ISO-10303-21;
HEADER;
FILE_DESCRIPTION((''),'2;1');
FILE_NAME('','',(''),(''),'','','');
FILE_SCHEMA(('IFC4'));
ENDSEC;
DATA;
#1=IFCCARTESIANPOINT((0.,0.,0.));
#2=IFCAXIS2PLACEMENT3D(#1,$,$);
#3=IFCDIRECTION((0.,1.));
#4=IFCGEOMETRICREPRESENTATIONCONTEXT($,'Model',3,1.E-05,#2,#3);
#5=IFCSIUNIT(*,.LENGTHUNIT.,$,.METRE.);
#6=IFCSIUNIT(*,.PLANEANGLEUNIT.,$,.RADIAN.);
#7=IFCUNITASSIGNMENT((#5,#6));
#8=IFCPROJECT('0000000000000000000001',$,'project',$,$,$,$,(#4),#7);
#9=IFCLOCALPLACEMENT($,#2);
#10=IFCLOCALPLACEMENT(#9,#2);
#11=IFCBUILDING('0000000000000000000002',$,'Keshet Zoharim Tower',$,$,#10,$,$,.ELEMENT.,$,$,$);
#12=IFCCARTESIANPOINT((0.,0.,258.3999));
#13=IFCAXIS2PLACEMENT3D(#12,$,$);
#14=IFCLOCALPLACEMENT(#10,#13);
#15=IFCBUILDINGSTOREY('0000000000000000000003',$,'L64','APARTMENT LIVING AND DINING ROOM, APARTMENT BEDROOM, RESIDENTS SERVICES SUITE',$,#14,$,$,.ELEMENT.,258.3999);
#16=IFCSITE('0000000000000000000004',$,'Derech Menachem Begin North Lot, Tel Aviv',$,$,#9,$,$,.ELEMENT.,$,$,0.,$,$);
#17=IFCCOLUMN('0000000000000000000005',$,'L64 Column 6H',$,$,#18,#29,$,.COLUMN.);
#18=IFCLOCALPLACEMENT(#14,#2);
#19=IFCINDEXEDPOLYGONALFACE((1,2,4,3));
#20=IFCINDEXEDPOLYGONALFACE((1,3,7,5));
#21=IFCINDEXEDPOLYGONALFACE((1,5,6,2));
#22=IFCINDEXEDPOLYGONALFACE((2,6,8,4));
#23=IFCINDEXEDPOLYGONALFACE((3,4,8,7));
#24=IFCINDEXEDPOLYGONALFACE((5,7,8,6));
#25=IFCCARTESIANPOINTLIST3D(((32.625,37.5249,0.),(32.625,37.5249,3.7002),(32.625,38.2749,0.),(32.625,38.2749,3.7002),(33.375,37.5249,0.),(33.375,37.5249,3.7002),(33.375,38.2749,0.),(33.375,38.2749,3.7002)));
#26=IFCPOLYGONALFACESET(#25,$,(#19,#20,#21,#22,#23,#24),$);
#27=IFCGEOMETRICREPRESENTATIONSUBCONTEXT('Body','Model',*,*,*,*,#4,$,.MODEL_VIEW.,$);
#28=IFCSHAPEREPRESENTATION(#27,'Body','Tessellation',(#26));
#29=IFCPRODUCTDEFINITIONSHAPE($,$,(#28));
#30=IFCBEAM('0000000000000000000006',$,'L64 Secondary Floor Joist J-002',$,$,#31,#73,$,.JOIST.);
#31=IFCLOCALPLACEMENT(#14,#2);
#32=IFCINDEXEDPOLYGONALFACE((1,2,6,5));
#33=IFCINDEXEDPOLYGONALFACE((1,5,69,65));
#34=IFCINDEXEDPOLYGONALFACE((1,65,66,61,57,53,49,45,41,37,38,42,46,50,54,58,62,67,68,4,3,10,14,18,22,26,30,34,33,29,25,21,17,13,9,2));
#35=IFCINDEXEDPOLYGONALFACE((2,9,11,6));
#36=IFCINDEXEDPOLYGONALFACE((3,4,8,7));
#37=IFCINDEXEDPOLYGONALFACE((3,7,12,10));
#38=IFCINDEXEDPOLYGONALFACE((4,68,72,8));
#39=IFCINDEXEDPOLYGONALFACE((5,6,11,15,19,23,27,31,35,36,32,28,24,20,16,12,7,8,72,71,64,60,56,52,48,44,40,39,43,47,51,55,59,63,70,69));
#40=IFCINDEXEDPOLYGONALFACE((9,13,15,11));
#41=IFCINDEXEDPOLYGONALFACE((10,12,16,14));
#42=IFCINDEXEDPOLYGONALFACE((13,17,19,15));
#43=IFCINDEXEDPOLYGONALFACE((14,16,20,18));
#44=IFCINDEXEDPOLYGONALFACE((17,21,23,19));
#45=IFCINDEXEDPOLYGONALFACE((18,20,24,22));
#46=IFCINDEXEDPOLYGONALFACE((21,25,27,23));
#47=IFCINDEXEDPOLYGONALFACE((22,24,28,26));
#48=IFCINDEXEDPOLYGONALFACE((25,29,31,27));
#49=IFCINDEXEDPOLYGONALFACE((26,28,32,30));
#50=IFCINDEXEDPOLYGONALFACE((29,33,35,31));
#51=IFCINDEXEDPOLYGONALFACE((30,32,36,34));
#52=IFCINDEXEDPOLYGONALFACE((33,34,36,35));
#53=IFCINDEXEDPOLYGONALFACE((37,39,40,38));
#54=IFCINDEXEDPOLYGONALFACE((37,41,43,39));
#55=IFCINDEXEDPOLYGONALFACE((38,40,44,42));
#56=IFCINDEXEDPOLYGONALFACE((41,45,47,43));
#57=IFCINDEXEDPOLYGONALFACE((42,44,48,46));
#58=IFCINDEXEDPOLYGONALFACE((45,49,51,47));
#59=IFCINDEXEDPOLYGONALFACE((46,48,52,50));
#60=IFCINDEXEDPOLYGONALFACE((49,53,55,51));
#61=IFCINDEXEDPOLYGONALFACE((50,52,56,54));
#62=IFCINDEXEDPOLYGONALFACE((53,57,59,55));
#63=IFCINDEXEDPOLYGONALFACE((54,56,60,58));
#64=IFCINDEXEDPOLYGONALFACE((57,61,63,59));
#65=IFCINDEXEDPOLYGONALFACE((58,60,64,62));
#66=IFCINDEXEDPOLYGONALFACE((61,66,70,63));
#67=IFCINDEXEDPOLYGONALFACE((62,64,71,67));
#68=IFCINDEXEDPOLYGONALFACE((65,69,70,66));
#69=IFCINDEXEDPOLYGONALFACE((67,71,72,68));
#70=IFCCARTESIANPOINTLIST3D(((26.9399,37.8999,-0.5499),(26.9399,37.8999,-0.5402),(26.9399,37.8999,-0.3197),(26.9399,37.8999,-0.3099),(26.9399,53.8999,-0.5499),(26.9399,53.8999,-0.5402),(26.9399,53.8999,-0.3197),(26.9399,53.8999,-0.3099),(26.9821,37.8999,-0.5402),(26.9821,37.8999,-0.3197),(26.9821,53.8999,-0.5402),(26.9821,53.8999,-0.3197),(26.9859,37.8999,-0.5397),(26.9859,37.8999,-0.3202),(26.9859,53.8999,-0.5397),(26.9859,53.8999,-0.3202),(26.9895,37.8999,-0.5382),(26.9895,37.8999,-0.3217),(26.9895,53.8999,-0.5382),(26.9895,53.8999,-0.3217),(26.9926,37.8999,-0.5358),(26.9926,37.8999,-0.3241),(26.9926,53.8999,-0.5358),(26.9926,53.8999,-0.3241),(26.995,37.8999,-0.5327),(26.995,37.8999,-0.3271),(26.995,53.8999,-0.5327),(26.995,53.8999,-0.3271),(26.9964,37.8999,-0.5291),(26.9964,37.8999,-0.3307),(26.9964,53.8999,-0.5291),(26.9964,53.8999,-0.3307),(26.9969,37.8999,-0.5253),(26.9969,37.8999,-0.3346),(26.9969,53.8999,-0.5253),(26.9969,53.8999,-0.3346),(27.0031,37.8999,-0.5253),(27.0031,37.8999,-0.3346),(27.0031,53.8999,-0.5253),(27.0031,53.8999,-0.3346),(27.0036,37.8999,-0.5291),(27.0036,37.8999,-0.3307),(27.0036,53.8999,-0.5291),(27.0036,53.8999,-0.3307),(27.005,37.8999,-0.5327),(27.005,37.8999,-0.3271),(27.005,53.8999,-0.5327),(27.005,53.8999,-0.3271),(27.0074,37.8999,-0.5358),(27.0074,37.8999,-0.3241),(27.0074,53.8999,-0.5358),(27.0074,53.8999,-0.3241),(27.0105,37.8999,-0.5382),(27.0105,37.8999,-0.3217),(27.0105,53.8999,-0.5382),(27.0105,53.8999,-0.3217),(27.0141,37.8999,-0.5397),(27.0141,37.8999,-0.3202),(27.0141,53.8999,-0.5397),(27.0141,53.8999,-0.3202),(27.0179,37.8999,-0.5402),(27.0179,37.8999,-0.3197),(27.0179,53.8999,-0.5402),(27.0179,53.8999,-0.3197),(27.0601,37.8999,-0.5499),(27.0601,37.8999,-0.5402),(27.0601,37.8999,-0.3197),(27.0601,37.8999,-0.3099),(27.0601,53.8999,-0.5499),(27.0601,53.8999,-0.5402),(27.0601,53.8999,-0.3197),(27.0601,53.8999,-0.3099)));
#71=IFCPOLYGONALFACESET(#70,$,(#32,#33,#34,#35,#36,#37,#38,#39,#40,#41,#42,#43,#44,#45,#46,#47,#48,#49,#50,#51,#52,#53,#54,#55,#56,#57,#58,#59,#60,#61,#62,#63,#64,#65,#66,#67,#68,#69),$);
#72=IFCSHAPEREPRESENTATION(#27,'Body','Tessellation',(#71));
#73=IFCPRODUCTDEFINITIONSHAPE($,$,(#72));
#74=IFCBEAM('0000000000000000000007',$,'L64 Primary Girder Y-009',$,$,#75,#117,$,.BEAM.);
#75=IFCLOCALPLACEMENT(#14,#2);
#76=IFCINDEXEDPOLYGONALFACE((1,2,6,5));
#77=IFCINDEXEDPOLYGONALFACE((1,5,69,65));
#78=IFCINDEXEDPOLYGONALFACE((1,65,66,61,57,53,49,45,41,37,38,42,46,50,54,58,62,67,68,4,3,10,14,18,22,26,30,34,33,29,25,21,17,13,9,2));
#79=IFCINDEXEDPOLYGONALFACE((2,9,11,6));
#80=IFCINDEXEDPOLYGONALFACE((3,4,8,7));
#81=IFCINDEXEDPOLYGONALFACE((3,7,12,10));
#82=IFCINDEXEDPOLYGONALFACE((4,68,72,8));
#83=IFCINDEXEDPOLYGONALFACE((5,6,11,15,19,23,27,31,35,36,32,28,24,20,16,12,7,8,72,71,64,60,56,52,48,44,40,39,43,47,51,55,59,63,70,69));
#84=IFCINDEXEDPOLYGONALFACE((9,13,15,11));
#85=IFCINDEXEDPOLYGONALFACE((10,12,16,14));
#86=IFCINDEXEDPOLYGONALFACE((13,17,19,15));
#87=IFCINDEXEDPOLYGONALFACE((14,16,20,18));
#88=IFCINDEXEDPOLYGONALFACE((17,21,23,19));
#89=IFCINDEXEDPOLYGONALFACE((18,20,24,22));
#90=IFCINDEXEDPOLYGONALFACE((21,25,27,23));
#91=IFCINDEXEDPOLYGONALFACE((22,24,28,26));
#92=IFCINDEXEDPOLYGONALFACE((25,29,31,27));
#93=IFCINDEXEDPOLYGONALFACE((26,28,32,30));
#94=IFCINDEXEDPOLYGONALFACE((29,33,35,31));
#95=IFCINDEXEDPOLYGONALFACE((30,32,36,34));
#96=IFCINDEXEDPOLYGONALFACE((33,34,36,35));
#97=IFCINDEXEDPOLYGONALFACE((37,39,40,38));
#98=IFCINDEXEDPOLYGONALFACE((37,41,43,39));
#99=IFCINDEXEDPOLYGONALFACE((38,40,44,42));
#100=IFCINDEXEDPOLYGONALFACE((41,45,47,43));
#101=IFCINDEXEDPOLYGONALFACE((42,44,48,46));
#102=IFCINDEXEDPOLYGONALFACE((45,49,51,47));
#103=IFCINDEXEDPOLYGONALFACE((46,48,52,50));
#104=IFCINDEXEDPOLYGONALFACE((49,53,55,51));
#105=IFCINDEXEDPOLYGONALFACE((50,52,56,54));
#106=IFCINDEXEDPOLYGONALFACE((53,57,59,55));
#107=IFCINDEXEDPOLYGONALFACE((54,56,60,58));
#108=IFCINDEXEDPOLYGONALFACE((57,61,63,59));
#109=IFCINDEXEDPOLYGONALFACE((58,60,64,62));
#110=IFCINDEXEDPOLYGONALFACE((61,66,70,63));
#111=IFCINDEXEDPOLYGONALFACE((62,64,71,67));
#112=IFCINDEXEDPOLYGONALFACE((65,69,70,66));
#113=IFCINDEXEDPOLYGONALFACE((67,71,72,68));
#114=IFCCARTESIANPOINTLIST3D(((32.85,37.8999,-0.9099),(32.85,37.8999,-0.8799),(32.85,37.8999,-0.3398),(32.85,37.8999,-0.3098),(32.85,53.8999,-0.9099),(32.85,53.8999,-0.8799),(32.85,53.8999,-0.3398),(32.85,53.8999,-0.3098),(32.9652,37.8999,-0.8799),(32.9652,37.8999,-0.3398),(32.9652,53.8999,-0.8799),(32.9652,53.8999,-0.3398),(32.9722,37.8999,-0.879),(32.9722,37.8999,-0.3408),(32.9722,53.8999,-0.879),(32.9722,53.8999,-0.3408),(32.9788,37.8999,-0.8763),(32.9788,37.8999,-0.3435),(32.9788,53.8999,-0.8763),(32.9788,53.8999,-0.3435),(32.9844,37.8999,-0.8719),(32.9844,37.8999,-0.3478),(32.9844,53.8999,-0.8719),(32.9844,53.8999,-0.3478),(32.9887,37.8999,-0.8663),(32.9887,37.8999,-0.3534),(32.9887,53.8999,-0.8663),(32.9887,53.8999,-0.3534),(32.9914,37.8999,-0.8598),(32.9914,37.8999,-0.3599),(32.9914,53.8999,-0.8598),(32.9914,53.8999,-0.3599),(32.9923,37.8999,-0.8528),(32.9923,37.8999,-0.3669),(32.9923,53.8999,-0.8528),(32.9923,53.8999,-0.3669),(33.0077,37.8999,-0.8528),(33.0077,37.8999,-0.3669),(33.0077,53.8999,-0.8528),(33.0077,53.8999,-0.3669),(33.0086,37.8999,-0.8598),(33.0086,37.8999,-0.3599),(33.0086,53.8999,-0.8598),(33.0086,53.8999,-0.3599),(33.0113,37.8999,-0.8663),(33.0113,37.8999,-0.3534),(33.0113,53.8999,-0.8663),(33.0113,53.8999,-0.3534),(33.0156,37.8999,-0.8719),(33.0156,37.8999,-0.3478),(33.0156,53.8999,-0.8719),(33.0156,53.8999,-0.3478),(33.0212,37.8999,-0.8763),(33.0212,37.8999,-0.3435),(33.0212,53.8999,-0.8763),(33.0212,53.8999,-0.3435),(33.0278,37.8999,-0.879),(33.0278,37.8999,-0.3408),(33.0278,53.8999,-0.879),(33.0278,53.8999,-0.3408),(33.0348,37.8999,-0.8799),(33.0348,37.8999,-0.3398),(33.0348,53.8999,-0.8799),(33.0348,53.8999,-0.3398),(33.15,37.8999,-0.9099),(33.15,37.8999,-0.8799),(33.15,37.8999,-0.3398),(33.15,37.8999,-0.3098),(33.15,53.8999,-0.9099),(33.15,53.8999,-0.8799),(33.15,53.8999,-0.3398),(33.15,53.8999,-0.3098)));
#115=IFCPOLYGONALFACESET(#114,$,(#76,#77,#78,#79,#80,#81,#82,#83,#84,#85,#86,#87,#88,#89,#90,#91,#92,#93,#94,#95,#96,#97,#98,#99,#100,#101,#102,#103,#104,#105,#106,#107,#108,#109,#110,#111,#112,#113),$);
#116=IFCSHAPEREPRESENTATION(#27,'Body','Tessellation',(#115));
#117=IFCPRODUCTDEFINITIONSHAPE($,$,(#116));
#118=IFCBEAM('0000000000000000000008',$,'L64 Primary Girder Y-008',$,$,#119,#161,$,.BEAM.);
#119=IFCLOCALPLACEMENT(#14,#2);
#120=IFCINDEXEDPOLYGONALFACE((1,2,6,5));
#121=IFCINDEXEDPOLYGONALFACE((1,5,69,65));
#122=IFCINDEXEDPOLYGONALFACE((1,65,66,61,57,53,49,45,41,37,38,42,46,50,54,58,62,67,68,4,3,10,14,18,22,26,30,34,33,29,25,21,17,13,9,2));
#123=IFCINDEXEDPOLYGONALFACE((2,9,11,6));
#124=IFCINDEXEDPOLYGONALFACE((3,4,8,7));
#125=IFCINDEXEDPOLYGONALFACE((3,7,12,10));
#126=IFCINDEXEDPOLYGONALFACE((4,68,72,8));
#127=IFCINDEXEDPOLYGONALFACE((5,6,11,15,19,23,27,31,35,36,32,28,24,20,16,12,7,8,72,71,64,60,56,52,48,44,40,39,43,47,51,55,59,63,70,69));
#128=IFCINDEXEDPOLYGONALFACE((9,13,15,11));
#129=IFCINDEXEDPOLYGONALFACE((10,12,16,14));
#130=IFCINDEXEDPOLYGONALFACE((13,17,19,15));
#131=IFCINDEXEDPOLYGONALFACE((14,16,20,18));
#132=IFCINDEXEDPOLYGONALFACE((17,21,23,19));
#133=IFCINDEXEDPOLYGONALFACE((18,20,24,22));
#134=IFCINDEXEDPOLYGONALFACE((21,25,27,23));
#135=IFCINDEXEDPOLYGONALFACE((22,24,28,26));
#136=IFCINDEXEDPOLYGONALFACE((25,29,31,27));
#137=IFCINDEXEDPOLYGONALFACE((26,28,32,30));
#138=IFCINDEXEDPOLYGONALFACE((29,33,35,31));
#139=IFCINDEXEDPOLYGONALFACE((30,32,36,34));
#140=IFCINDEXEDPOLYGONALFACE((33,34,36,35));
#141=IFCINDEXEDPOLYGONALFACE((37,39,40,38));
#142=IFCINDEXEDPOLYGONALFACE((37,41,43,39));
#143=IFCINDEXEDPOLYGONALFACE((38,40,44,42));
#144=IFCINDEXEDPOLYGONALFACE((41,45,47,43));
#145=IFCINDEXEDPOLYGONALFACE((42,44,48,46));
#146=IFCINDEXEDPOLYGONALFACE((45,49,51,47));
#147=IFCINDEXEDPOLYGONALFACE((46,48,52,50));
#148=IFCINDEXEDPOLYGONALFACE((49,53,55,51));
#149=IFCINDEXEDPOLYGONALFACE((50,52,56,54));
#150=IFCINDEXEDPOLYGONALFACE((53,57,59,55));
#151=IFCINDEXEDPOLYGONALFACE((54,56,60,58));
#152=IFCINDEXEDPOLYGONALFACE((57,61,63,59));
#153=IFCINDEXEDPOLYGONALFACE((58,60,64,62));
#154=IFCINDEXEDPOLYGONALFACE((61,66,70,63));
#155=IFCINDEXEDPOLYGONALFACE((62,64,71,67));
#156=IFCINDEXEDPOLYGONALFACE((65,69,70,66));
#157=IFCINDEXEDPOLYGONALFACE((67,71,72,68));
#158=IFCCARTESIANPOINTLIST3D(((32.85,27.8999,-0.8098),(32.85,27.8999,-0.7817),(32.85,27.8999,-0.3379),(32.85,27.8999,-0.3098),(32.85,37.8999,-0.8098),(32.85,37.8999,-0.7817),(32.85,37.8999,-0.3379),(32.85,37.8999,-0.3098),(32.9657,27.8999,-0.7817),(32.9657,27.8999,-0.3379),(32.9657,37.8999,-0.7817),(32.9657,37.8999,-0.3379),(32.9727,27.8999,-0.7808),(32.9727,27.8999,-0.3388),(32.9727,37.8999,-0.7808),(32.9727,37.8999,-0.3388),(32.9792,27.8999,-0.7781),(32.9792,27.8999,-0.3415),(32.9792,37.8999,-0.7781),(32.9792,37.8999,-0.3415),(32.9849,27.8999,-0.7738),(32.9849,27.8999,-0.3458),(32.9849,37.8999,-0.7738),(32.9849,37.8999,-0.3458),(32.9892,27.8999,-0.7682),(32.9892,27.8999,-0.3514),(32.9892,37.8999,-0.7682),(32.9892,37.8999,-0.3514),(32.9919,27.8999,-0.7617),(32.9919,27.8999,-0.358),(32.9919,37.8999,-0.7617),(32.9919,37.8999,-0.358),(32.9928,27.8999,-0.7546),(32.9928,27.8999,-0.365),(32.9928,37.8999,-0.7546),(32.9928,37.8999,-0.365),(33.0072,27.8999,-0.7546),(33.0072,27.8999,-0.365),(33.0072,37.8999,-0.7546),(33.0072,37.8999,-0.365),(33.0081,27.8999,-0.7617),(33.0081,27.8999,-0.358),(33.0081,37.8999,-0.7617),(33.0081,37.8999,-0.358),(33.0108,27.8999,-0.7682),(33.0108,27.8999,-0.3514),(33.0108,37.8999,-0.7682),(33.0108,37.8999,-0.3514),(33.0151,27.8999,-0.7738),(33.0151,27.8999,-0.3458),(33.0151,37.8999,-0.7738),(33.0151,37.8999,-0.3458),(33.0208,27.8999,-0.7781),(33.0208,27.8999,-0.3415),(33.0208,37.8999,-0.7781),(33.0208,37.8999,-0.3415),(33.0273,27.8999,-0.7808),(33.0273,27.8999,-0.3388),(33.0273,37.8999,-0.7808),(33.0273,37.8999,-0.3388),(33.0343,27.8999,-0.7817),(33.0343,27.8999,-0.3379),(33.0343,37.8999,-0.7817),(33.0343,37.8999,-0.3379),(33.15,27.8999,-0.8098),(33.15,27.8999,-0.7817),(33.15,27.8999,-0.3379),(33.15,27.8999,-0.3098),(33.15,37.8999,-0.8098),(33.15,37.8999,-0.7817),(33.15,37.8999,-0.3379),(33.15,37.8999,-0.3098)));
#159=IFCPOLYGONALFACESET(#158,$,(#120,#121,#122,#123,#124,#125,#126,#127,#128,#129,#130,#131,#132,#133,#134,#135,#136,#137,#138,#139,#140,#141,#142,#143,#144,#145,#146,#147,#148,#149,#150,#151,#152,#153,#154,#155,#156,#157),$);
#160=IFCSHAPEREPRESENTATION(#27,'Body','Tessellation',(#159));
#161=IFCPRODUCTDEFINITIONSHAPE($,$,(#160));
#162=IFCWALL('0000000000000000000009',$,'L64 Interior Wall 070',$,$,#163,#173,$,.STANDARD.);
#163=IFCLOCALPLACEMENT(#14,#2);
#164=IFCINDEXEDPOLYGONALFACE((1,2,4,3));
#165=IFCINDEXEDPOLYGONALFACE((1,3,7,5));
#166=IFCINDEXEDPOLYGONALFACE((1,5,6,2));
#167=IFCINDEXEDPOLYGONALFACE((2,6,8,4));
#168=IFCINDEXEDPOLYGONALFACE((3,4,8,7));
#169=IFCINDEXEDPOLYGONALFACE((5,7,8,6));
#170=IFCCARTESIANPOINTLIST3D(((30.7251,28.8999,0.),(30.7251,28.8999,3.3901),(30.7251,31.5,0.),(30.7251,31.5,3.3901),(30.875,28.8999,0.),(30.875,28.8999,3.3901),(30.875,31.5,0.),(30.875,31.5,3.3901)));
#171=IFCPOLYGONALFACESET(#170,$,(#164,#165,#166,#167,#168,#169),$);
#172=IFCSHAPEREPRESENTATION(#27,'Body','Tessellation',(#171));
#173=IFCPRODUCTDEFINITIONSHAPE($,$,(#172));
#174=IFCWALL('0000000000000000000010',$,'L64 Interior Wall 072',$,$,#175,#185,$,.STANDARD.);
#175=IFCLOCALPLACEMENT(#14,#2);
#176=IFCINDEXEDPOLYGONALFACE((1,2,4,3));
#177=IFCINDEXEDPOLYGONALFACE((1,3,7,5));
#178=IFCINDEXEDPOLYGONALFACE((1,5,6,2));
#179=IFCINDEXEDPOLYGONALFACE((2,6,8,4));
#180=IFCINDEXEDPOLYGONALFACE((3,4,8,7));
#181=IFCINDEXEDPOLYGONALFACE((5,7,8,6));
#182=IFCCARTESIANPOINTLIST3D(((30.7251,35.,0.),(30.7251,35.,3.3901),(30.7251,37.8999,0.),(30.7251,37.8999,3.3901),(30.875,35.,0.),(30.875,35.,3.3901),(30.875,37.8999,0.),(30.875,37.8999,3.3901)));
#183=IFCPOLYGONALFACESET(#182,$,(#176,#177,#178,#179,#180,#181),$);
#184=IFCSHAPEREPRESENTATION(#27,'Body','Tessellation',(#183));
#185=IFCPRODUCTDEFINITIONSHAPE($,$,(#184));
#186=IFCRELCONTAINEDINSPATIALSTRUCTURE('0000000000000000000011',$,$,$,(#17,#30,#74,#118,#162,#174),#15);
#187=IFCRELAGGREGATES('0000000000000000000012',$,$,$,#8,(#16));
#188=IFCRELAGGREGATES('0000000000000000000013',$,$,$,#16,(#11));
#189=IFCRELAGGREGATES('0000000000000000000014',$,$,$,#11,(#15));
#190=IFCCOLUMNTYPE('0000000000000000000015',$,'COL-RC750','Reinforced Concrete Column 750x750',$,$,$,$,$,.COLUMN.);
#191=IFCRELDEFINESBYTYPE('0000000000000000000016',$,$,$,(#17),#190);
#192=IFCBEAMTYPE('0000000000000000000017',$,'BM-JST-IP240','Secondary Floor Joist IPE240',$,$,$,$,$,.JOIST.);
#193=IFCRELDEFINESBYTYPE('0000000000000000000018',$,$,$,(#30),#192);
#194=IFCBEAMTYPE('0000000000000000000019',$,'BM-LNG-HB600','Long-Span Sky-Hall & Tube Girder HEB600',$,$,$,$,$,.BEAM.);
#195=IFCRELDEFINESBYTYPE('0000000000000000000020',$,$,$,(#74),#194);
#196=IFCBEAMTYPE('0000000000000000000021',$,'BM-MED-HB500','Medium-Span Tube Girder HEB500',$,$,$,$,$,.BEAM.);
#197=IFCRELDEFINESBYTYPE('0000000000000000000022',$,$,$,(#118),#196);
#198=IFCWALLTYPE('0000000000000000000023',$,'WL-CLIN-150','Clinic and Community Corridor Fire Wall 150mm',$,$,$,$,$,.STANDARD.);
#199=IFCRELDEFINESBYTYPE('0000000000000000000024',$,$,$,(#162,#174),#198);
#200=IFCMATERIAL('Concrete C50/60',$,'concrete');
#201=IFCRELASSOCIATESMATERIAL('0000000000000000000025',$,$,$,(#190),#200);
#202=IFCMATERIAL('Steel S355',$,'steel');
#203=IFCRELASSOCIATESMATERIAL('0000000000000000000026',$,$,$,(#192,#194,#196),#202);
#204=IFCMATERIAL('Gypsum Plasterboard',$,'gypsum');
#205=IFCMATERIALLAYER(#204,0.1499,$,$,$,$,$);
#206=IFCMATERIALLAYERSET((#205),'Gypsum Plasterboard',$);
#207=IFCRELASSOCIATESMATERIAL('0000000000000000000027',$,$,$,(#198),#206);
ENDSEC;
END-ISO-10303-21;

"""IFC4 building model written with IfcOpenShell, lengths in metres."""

from ifc_helpers import new_model, si_unit, direction, frame, frame_2d, origin, origin_2d, place, context, subcontext, project, spatial, rectangle, i_section, extrude, material, layer, layer_set, material_profile, profile_set, type_object, element, save


model = new_model("IFC4")

# Units and contexts
model_context = context("Model", 3, precision=1e-05, world=origin(), true_north=direction((0.0, 1.0)))
body_context = subcontext(model_context, "Body", "Model", "MODEL_VIEW")
ifc_project = project(units=[si_unit("LENGTHUNIT", "METRE"), si_unit("PLANEANGLEUNIT", "RADIAN")], contexts=[model_context])

# Site, building, storey
site_placement = place(None, origin())
site = spatial("IfcSite", under=ifc_project, at=site_placement, Name="Derech Menachem Begin North Lot, Tel Aviv", CompositionType="ELEMENT", RefElevation=0.0)
building_placement = place(site_placement, origin())
building = spatial("IfcBuilding", under=site, at=building_placement, Name="Keshet Zoharim Tower", CompositionType="ELEMENT")
storey_placement = place(building_placement, frame((0.0, 0.0, 258.3999)))
storey = spatial("IfcBuildingStorey", under=building, at=storey_placement, Name="L64", Description="APARTMENT LIVING AND DINING ROOM, APARTMENT BEDROOM, RESIDENTS SERVICES SUITE", CompositionType="ELEMENT", Elevation=258.3999)

# Column
ifc_material_1 = material(Name="Concrete C50/60", Category="concrete")
ifc_material_profile_1 = material_profile(ifc_material_1, rectangle(XDim=0.75, YDim=0.75, at=origin_2d()), Name="RC750x750")
ifc_profile_set_1 = profile_set([ifc_material_profile_1], Name="Concrete C50/60")
column_type = type_object("IfcColumnType", Name="COL-RC750", Description="Reinforced Concrete Column 750x750", PredefinedType="COLUMN", material=ifc_profile_set_1)
column_placement = place(storey_placement, frame((33.0, 37.8999, 0.0), z_axis=(0.0, 0.0, 1.0), x_axis=(1.0, 0.0, 0.0)))
element("IfcColumn", 1, at=column_placement, inside=storey, type_object=column_type, Name="L64 Column 6H", PredefinedType="COLUMN", context=body_context, shape_type="SweptSolid", body=[
    extrude(rectangle(XDim=0.75, YDim=0.75, at=origin_2d()), origin(), (0.0, 0.0, 1.0), 3.7002),
])

# Beams
ifc_material_2 = material(Name="Steel S355", Category="steel")
ifc_material_profile_2 = material_profile(ifc_material_2, i_section(OverallWidth=0.1201, OverallDepth=0.24, WebThickness=0.0061, FlangeThickness=0.0098, FilletRadius=0.0149, at=origin_2d()), Name="IPE240")
ifc_profile_set_2 = profile_set([ifc_material_profile_2], Name="Steel S355")
beam_type_1 = type_object("IfcBeamType", Name="BM-JST-IP240", Description="Secondary Floor Joist IPE240", PredefinedType="JOIST", material=ifc_profile_set_2)
beam_1_placement = place(storey_placement, frame((27.0, 37.8999, -0.4299), z_axis=(0.0, 1.0, 0.0), x_axis=(-1.0, 0.0, 0.0)))
element("IfcBeam", 2, at=beam_1_placement, inside=storey, type_object=beam_type_1, Name="L64 Secondary Floor Joist J-002", PredefinedType="JOIST", context=body_context, shape_type="SweptSolid", body=[
    extrude(i_section(OverallWidth=0.1201, OverallDepth=0.24, WebThickness=0.0061, FlangeThickness=0.0098, FilletRadius=0.0149, at=origin_2d()), origin(), (0.0, 0.0, 1.0), 16.0),
])
ifc_material_profile_3 = material_profile(ifc_material_2, i_section(OverallWidth=0.3, OverallDepth=0.6001, WebThickness=0.0154, FlangeThickness=0.03, FilletRadius=0.0271, at=origin_2d()), Name="HEB600")
ifc_profile_set_3 = profile_set([ifc_material_profile_3], Name="Steel S355")
beam_type_2 = type_object("IfcBeamType", Name="BM-LNG-HB600", Description="Long-Span Sky-Hall & Tube Girder HEB600", PredefinedType="BEAM", material=ifc_profile_set_3)
beam_2_placement = place(storey_placement, frame((33.0, 37.8999, -0.6099), z_axis=(0.0, 1.0, 0.0), x_axis=(-1.0, 0.0, 0.0)))
element("IfcBeam", 3, at=beam_2_placement, inside=storey, type_object=beam_type_2, Name="L64 Primary Girder Y-009", PredefinedType="BEAM", context=body_context, shape_type="SweptSolid", body=[
    extrude(i_section(OverallWidth=0.3, OverallDepth=0.6001, WebThickness=0.0154, FlangeThickness=0.03, FilletRadius=0.0271, at=origin_2d()), origin(), (0.0, 0.0, 1.0), 16.0),
])
ifc_material_profile_4 = material_profile(ifc_material_2, i_section(OverallWidth=0.3, OverallDepth=0.5, WebThickness=0.0144, FlangeThickness=0.0281, FilletRadius=0.0271, at=origin_2d()), Name="HEB500")
ifc_profile_set_4 = profile_set([ifc_material_profile_4], Name="Steel S355")
beam_type_3 = type_object("IfcBeamType", Name="BM-MED-HB500", Description="Medium-Span Tube Girder HEB500", PredefinedType="BEAM", material=ifc_profile_set_4)
beam_3_placement = place(storey_placement, frame((33.0, 27.8999, -0.5598), z_axis=(0.0, 1.0, 0.0), x_axis=(-1.0, 0.0, 0.0)))
element("IfcBeam", 4, at=beam_3_placement, inside=storey, type_object=beam_type_3, Name="L64 Primary Girder Y-008", PredefinedType="BEAM", context=body_context, shape_type="SweptSolid", body=[
    extrude(i_section(OverallWidth=0.3, OverallDepth=0.5, WebThickness=0.0144, FlangeThickness=0.0281, FilletRadius=0.0271, at=origin_2d()), origin(), (0.0, 0.0, 1.0), 10.0),
])

# Walls
ifc_material_3 = material(Name="Gypsum Plasterboard", Category="gypsum")
ifc_layer_1 = layer(ifc_material_3, 0.1499)
ifc_layer_set_1 = layer_set([ifc_layer_1], Name="Gypsum Plasterboard")
wall_type_1 = type_object("IfcWallType", Name="WL-CLIN-150", Description="Clinic and Community Corridor Fire Wall 150mm", PredefinedType="STANDARD", material=ifc_layer_set_1)
wall_1_placement = place(storey_placement, frame((30.8, 28.8999, 0.0), z_axis=(0.0, 0.0, 1.0), x_axis=(0.0, 1.0, 0.0)))
element("IfcWall", 5, at=wall_1_placement, inside=storey, type_object=wall_type_1, Name="L64 Interior Wall 070", PredefinedType="STANDARD", context=body_context, shape_type="SweptSolid", body=[
    extrude(rectangle(XDim=2.6001, YDim=0.1499, at=frame_2d((1.3, 0.0))), origin(), (0.0, 0.0, 1.0), 3.3901),
])
wall_2_placement = place(storey_placement, frame((30.8, 35.0, 0.0), z_axis=(0.0, 0.0, 1.0), x_axis=(0.0, 1.0, 0.0)))
element("IfcWall", 6, at=wall_2_placement, inside=storey, type_object=wall_type_1, Name="L64 Interior Wall 072", PredefinedType="STANDARD", context=body_context, shape_type="SweptSolid", body=[
    extrude(rectangle(XDim=2.8999, YDim=0.1499, at=frame_2d((1.45, 0.0))), origin(), (0.0, 0.0, 1.0), 3.3901),
])

save(model, "model.ifc")
